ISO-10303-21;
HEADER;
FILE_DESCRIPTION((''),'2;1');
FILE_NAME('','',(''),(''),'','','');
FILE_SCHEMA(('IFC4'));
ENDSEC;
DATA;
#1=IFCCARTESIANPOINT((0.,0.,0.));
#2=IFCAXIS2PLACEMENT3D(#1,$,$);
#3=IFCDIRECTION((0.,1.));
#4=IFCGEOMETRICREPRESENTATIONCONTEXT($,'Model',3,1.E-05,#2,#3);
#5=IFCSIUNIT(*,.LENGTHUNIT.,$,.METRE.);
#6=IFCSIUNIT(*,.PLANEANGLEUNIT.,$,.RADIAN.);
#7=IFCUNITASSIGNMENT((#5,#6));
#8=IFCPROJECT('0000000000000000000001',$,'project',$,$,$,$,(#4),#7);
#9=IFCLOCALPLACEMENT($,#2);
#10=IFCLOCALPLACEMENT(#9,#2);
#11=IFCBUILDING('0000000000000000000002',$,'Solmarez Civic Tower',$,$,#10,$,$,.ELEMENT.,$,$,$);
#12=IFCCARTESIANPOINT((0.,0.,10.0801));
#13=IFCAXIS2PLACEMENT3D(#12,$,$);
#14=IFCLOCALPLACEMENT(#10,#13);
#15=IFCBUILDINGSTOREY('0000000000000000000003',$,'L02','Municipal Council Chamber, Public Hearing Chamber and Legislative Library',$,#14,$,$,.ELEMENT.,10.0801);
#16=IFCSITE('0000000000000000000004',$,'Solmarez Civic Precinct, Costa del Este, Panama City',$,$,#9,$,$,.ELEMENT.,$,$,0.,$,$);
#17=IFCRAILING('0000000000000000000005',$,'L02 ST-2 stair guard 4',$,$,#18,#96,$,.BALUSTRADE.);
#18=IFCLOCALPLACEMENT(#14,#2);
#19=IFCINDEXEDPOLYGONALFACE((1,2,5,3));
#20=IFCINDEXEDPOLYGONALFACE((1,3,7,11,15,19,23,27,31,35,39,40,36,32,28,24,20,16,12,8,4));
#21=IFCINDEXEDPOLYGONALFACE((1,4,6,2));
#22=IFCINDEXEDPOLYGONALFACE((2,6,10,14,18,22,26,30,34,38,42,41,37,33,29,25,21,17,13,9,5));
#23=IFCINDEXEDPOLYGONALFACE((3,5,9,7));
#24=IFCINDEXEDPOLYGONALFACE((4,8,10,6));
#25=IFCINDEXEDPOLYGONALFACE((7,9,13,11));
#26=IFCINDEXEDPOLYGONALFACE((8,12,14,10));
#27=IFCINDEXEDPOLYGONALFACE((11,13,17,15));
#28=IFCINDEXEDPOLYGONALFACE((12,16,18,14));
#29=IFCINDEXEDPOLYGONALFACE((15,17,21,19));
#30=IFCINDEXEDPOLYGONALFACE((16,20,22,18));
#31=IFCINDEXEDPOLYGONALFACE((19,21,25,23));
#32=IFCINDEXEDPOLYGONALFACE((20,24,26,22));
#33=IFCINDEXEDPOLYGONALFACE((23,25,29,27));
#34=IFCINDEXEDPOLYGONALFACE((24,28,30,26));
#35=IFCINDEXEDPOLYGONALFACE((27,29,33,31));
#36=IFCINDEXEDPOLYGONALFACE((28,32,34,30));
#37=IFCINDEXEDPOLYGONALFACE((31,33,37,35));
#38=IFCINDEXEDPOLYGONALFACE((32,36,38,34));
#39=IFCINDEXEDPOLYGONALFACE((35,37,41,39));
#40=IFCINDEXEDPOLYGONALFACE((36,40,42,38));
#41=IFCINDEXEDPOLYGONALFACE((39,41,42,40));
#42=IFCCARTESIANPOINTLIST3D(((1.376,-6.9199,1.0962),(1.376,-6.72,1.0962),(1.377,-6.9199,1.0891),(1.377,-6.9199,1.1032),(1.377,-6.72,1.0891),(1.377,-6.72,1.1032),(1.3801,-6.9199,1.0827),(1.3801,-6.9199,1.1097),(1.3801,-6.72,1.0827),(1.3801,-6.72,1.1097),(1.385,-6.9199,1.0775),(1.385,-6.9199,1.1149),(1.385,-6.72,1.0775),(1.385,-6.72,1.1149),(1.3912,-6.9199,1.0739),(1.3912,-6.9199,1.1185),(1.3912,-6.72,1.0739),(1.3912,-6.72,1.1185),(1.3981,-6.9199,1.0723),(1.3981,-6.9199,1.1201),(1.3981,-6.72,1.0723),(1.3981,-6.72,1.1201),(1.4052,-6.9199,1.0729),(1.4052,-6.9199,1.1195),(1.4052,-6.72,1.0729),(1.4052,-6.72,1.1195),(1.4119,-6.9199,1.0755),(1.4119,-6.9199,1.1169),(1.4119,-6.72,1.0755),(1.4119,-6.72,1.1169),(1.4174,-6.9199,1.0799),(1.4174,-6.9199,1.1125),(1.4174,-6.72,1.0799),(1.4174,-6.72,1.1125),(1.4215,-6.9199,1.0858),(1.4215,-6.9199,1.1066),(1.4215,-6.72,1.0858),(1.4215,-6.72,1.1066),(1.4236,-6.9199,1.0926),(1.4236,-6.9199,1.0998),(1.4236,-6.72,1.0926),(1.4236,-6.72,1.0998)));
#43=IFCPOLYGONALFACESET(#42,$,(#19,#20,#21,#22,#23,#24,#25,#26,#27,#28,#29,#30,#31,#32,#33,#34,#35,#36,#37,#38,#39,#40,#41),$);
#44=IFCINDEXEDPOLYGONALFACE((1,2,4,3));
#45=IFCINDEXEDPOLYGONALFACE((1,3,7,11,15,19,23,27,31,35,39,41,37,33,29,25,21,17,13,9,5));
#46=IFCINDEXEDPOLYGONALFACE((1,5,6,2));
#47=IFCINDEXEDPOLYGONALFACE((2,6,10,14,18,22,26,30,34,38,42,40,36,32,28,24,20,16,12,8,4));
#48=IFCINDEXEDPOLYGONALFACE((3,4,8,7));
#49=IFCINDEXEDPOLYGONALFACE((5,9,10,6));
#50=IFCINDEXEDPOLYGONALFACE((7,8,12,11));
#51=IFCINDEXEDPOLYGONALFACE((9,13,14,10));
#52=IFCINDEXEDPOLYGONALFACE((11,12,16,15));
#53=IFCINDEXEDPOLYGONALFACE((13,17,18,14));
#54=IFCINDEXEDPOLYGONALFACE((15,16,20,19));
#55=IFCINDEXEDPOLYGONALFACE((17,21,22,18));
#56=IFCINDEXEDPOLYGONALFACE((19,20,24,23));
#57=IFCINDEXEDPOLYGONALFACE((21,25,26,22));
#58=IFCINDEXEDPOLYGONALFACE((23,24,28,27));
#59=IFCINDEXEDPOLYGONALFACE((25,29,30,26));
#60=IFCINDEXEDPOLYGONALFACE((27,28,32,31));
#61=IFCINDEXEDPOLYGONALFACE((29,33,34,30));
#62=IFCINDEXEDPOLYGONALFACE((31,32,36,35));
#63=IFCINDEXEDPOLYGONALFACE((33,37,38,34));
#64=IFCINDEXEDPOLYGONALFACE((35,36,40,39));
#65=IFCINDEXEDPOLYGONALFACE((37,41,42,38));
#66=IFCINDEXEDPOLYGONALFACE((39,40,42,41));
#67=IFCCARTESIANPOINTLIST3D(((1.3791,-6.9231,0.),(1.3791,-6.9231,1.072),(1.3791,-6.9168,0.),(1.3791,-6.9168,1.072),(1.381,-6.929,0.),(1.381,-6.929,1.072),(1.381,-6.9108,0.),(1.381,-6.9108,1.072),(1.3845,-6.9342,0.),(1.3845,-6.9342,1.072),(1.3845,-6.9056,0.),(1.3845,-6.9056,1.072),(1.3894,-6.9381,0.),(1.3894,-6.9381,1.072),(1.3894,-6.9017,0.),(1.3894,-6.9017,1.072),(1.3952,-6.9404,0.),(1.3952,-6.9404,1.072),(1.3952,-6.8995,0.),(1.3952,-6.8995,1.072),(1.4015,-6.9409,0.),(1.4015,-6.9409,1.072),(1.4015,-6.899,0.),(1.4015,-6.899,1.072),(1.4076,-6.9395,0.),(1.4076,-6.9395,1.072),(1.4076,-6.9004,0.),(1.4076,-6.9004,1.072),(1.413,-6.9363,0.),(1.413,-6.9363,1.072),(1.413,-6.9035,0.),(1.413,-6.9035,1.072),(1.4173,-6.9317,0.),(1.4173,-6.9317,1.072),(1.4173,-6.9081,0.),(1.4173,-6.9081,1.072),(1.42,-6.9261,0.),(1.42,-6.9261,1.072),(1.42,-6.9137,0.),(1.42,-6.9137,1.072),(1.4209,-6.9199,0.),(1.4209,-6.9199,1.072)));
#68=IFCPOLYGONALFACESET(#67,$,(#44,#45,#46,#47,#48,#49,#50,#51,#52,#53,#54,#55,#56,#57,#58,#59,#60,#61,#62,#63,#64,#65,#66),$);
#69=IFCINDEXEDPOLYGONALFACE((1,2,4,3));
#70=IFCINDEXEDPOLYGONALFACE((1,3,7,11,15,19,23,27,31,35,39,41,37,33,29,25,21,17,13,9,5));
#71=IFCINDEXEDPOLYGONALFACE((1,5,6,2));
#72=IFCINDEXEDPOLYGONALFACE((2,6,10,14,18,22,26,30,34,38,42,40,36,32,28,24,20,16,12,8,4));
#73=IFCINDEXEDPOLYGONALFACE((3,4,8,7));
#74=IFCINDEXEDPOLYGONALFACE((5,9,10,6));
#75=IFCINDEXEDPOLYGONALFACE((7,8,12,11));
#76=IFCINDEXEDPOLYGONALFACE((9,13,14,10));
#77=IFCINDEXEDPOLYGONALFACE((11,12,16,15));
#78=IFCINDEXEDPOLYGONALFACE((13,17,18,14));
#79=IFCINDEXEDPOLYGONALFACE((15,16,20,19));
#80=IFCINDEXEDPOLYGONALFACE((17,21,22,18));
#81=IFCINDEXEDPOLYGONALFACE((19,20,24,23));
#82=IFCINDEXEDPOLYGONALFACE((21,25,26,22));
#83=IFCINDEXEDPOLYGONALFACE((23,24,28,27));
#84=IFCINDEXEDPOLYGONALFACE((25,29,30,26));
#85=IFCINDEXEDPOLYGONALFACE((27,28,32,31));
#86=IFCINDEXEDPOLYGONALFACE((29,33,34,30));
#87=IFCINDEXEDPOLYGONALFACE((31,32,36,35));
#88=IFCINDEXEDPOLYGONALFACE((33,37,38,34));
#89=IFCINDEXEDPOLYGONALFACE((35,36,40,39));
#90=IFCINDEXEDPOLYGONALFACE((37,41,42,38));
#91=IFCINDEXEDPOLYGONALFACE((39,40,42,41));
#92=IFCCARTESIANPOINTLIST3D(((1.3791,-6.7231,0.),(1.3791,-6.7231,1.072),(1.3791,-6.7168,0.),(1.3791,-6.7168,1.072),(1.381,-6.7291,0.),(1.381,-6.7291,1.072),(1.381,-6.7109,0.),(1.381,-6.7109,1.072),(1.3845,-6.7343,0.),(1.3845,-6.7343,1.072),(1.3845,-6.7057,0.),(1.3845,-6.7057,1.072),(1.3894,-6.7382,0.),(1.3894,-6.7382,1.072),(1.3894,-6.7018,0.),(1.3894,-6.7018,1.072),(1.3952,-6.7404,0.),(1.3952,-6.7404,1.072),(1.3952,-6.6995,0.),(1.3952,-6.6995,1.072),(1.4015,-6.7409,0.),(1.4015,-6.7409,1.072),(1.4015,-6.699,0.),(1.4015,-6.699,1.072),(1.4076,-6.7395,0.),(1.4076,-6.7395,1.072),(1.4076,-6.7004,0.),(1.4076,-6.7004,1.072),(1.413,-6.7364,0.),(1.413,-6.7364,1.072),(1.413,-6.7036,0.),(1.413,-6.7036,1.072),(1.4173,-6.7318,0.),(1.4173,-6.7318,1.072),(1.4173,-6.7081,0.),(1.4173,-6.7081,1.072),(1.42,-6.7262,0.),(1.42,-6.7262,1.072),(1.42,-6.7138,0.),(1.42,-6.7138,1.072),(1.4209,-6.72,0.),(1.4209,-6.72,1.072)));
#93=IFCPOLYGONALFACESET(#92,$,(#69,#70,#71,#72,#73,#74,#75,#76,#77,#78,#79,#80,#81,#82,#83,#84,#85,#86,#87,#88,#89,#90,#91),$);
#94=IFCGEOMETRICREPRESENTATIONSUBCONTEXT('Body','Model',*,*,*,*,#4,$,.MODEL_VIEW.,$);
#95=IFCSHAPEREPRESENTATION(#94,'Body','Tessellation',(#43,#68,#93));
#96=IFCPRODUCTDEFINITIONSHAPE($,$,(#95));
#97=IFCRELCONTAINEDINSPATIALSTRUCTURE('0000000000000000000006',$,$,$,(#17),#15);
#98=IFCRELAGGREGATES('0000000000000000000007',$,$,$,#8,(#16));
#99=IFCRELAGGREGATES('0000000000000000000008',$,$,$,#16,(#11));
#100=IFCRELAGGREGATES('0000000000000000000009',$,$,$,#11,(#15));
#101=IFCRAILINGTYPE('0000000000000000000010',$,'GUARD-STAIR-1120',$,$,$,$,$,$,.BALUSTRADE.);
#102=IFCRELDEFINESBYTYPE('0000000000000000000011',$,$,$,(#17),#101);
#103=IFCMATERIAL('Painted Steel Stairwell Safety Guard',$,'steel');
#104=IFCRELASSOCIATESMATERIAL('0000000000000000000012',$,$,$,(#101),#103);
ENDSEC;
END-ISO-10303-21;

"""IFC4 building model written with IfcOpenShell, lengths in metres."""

from ifc_helpers import new_model, si_unit, direction, frame, origin, origin_2d, place, context, subcontext, project, spatial, circle, extrude, material, type_object, element, save


model = new_model("IFC4")

# Units and contexts
model_context = context("Model", 3, precision=1e-05, world=origin(), true_north=direction((0.0, 1.0)))
body_context = subcontext(model_context, "Body", "Model", "MODEL_VIEW")
ifc_project = project(units=[si_unit("LENGTHUNIT", "METRE"), si_unit("PLANEANGLEUNIT", "RADIAN")], contexts=[model_context])

# Site, building, storey
site_placement = place(None, origin())
site = spatial("IfcSite", under=ifc_project, at=site_placement, Name="Solmarez Civic Precinct, Costa del Este, Panama City", CompositionType="ELEMENT", RefElevation=0.0)
building_placement = place(site_placement, origin())
building = spatial("IfcBuilding", under=site, at=building_placement, Name="Solmarez Civic Tower", CompositionType="ELEMENT")
storey_placement = place(building_placement, frame((0.0, 0.0, 10.0801)))
storey = spatial("IfcBuildingStorey", under=building, at=storey_placement, Name="L02", Description="Municipal Council Chamber, Public Hearing Chamber and Legislative Library", CompositionType="ELEMENT", Elevation=10.0801)

# Railing
ifc_material_1 = material(Name="Painted Steel Stairwell Safety Guard", Category="steel")
railing_type_1 = type_object("IfcRailingType", Name="GUARD-STAIR-1120", PredefinedType="BALUSTRADE", material=ifc_material_1)
railing_1_placement = place(storey_placement, frame((1.3999, -6.9199, 0.0)))
element("IfcRailing", 1, at=railing_1_placement, inside=storey, type_object=railing_type_1, Name="L02 ST-2 stair guard 4", PredefinedType="BALUSTRADE", context=body_context, shape_type="SweptSolid", body=[
    extrude(circle(Radius=0.0239, at=origin_2d()), frame((0.0, 0.0, 1.0962), z_axis=(0.0, 1.0, 0.0), x_axis=(-1.0, 0.0, 0.0)), (0.0, 0.0, 1.0), 0.2),
    extrude(circle(Radius=0.021, at=origin_2d()), origin(), (0.0, 0.0, 1.0), 1.072),
    extrude(circle(Radius=0.021, at=origin_2d()), frame((0.0, 0.2, 0.0)), (0.0, 0.0, 1.0), 1.072),
])

save(model, "model.ifc")
